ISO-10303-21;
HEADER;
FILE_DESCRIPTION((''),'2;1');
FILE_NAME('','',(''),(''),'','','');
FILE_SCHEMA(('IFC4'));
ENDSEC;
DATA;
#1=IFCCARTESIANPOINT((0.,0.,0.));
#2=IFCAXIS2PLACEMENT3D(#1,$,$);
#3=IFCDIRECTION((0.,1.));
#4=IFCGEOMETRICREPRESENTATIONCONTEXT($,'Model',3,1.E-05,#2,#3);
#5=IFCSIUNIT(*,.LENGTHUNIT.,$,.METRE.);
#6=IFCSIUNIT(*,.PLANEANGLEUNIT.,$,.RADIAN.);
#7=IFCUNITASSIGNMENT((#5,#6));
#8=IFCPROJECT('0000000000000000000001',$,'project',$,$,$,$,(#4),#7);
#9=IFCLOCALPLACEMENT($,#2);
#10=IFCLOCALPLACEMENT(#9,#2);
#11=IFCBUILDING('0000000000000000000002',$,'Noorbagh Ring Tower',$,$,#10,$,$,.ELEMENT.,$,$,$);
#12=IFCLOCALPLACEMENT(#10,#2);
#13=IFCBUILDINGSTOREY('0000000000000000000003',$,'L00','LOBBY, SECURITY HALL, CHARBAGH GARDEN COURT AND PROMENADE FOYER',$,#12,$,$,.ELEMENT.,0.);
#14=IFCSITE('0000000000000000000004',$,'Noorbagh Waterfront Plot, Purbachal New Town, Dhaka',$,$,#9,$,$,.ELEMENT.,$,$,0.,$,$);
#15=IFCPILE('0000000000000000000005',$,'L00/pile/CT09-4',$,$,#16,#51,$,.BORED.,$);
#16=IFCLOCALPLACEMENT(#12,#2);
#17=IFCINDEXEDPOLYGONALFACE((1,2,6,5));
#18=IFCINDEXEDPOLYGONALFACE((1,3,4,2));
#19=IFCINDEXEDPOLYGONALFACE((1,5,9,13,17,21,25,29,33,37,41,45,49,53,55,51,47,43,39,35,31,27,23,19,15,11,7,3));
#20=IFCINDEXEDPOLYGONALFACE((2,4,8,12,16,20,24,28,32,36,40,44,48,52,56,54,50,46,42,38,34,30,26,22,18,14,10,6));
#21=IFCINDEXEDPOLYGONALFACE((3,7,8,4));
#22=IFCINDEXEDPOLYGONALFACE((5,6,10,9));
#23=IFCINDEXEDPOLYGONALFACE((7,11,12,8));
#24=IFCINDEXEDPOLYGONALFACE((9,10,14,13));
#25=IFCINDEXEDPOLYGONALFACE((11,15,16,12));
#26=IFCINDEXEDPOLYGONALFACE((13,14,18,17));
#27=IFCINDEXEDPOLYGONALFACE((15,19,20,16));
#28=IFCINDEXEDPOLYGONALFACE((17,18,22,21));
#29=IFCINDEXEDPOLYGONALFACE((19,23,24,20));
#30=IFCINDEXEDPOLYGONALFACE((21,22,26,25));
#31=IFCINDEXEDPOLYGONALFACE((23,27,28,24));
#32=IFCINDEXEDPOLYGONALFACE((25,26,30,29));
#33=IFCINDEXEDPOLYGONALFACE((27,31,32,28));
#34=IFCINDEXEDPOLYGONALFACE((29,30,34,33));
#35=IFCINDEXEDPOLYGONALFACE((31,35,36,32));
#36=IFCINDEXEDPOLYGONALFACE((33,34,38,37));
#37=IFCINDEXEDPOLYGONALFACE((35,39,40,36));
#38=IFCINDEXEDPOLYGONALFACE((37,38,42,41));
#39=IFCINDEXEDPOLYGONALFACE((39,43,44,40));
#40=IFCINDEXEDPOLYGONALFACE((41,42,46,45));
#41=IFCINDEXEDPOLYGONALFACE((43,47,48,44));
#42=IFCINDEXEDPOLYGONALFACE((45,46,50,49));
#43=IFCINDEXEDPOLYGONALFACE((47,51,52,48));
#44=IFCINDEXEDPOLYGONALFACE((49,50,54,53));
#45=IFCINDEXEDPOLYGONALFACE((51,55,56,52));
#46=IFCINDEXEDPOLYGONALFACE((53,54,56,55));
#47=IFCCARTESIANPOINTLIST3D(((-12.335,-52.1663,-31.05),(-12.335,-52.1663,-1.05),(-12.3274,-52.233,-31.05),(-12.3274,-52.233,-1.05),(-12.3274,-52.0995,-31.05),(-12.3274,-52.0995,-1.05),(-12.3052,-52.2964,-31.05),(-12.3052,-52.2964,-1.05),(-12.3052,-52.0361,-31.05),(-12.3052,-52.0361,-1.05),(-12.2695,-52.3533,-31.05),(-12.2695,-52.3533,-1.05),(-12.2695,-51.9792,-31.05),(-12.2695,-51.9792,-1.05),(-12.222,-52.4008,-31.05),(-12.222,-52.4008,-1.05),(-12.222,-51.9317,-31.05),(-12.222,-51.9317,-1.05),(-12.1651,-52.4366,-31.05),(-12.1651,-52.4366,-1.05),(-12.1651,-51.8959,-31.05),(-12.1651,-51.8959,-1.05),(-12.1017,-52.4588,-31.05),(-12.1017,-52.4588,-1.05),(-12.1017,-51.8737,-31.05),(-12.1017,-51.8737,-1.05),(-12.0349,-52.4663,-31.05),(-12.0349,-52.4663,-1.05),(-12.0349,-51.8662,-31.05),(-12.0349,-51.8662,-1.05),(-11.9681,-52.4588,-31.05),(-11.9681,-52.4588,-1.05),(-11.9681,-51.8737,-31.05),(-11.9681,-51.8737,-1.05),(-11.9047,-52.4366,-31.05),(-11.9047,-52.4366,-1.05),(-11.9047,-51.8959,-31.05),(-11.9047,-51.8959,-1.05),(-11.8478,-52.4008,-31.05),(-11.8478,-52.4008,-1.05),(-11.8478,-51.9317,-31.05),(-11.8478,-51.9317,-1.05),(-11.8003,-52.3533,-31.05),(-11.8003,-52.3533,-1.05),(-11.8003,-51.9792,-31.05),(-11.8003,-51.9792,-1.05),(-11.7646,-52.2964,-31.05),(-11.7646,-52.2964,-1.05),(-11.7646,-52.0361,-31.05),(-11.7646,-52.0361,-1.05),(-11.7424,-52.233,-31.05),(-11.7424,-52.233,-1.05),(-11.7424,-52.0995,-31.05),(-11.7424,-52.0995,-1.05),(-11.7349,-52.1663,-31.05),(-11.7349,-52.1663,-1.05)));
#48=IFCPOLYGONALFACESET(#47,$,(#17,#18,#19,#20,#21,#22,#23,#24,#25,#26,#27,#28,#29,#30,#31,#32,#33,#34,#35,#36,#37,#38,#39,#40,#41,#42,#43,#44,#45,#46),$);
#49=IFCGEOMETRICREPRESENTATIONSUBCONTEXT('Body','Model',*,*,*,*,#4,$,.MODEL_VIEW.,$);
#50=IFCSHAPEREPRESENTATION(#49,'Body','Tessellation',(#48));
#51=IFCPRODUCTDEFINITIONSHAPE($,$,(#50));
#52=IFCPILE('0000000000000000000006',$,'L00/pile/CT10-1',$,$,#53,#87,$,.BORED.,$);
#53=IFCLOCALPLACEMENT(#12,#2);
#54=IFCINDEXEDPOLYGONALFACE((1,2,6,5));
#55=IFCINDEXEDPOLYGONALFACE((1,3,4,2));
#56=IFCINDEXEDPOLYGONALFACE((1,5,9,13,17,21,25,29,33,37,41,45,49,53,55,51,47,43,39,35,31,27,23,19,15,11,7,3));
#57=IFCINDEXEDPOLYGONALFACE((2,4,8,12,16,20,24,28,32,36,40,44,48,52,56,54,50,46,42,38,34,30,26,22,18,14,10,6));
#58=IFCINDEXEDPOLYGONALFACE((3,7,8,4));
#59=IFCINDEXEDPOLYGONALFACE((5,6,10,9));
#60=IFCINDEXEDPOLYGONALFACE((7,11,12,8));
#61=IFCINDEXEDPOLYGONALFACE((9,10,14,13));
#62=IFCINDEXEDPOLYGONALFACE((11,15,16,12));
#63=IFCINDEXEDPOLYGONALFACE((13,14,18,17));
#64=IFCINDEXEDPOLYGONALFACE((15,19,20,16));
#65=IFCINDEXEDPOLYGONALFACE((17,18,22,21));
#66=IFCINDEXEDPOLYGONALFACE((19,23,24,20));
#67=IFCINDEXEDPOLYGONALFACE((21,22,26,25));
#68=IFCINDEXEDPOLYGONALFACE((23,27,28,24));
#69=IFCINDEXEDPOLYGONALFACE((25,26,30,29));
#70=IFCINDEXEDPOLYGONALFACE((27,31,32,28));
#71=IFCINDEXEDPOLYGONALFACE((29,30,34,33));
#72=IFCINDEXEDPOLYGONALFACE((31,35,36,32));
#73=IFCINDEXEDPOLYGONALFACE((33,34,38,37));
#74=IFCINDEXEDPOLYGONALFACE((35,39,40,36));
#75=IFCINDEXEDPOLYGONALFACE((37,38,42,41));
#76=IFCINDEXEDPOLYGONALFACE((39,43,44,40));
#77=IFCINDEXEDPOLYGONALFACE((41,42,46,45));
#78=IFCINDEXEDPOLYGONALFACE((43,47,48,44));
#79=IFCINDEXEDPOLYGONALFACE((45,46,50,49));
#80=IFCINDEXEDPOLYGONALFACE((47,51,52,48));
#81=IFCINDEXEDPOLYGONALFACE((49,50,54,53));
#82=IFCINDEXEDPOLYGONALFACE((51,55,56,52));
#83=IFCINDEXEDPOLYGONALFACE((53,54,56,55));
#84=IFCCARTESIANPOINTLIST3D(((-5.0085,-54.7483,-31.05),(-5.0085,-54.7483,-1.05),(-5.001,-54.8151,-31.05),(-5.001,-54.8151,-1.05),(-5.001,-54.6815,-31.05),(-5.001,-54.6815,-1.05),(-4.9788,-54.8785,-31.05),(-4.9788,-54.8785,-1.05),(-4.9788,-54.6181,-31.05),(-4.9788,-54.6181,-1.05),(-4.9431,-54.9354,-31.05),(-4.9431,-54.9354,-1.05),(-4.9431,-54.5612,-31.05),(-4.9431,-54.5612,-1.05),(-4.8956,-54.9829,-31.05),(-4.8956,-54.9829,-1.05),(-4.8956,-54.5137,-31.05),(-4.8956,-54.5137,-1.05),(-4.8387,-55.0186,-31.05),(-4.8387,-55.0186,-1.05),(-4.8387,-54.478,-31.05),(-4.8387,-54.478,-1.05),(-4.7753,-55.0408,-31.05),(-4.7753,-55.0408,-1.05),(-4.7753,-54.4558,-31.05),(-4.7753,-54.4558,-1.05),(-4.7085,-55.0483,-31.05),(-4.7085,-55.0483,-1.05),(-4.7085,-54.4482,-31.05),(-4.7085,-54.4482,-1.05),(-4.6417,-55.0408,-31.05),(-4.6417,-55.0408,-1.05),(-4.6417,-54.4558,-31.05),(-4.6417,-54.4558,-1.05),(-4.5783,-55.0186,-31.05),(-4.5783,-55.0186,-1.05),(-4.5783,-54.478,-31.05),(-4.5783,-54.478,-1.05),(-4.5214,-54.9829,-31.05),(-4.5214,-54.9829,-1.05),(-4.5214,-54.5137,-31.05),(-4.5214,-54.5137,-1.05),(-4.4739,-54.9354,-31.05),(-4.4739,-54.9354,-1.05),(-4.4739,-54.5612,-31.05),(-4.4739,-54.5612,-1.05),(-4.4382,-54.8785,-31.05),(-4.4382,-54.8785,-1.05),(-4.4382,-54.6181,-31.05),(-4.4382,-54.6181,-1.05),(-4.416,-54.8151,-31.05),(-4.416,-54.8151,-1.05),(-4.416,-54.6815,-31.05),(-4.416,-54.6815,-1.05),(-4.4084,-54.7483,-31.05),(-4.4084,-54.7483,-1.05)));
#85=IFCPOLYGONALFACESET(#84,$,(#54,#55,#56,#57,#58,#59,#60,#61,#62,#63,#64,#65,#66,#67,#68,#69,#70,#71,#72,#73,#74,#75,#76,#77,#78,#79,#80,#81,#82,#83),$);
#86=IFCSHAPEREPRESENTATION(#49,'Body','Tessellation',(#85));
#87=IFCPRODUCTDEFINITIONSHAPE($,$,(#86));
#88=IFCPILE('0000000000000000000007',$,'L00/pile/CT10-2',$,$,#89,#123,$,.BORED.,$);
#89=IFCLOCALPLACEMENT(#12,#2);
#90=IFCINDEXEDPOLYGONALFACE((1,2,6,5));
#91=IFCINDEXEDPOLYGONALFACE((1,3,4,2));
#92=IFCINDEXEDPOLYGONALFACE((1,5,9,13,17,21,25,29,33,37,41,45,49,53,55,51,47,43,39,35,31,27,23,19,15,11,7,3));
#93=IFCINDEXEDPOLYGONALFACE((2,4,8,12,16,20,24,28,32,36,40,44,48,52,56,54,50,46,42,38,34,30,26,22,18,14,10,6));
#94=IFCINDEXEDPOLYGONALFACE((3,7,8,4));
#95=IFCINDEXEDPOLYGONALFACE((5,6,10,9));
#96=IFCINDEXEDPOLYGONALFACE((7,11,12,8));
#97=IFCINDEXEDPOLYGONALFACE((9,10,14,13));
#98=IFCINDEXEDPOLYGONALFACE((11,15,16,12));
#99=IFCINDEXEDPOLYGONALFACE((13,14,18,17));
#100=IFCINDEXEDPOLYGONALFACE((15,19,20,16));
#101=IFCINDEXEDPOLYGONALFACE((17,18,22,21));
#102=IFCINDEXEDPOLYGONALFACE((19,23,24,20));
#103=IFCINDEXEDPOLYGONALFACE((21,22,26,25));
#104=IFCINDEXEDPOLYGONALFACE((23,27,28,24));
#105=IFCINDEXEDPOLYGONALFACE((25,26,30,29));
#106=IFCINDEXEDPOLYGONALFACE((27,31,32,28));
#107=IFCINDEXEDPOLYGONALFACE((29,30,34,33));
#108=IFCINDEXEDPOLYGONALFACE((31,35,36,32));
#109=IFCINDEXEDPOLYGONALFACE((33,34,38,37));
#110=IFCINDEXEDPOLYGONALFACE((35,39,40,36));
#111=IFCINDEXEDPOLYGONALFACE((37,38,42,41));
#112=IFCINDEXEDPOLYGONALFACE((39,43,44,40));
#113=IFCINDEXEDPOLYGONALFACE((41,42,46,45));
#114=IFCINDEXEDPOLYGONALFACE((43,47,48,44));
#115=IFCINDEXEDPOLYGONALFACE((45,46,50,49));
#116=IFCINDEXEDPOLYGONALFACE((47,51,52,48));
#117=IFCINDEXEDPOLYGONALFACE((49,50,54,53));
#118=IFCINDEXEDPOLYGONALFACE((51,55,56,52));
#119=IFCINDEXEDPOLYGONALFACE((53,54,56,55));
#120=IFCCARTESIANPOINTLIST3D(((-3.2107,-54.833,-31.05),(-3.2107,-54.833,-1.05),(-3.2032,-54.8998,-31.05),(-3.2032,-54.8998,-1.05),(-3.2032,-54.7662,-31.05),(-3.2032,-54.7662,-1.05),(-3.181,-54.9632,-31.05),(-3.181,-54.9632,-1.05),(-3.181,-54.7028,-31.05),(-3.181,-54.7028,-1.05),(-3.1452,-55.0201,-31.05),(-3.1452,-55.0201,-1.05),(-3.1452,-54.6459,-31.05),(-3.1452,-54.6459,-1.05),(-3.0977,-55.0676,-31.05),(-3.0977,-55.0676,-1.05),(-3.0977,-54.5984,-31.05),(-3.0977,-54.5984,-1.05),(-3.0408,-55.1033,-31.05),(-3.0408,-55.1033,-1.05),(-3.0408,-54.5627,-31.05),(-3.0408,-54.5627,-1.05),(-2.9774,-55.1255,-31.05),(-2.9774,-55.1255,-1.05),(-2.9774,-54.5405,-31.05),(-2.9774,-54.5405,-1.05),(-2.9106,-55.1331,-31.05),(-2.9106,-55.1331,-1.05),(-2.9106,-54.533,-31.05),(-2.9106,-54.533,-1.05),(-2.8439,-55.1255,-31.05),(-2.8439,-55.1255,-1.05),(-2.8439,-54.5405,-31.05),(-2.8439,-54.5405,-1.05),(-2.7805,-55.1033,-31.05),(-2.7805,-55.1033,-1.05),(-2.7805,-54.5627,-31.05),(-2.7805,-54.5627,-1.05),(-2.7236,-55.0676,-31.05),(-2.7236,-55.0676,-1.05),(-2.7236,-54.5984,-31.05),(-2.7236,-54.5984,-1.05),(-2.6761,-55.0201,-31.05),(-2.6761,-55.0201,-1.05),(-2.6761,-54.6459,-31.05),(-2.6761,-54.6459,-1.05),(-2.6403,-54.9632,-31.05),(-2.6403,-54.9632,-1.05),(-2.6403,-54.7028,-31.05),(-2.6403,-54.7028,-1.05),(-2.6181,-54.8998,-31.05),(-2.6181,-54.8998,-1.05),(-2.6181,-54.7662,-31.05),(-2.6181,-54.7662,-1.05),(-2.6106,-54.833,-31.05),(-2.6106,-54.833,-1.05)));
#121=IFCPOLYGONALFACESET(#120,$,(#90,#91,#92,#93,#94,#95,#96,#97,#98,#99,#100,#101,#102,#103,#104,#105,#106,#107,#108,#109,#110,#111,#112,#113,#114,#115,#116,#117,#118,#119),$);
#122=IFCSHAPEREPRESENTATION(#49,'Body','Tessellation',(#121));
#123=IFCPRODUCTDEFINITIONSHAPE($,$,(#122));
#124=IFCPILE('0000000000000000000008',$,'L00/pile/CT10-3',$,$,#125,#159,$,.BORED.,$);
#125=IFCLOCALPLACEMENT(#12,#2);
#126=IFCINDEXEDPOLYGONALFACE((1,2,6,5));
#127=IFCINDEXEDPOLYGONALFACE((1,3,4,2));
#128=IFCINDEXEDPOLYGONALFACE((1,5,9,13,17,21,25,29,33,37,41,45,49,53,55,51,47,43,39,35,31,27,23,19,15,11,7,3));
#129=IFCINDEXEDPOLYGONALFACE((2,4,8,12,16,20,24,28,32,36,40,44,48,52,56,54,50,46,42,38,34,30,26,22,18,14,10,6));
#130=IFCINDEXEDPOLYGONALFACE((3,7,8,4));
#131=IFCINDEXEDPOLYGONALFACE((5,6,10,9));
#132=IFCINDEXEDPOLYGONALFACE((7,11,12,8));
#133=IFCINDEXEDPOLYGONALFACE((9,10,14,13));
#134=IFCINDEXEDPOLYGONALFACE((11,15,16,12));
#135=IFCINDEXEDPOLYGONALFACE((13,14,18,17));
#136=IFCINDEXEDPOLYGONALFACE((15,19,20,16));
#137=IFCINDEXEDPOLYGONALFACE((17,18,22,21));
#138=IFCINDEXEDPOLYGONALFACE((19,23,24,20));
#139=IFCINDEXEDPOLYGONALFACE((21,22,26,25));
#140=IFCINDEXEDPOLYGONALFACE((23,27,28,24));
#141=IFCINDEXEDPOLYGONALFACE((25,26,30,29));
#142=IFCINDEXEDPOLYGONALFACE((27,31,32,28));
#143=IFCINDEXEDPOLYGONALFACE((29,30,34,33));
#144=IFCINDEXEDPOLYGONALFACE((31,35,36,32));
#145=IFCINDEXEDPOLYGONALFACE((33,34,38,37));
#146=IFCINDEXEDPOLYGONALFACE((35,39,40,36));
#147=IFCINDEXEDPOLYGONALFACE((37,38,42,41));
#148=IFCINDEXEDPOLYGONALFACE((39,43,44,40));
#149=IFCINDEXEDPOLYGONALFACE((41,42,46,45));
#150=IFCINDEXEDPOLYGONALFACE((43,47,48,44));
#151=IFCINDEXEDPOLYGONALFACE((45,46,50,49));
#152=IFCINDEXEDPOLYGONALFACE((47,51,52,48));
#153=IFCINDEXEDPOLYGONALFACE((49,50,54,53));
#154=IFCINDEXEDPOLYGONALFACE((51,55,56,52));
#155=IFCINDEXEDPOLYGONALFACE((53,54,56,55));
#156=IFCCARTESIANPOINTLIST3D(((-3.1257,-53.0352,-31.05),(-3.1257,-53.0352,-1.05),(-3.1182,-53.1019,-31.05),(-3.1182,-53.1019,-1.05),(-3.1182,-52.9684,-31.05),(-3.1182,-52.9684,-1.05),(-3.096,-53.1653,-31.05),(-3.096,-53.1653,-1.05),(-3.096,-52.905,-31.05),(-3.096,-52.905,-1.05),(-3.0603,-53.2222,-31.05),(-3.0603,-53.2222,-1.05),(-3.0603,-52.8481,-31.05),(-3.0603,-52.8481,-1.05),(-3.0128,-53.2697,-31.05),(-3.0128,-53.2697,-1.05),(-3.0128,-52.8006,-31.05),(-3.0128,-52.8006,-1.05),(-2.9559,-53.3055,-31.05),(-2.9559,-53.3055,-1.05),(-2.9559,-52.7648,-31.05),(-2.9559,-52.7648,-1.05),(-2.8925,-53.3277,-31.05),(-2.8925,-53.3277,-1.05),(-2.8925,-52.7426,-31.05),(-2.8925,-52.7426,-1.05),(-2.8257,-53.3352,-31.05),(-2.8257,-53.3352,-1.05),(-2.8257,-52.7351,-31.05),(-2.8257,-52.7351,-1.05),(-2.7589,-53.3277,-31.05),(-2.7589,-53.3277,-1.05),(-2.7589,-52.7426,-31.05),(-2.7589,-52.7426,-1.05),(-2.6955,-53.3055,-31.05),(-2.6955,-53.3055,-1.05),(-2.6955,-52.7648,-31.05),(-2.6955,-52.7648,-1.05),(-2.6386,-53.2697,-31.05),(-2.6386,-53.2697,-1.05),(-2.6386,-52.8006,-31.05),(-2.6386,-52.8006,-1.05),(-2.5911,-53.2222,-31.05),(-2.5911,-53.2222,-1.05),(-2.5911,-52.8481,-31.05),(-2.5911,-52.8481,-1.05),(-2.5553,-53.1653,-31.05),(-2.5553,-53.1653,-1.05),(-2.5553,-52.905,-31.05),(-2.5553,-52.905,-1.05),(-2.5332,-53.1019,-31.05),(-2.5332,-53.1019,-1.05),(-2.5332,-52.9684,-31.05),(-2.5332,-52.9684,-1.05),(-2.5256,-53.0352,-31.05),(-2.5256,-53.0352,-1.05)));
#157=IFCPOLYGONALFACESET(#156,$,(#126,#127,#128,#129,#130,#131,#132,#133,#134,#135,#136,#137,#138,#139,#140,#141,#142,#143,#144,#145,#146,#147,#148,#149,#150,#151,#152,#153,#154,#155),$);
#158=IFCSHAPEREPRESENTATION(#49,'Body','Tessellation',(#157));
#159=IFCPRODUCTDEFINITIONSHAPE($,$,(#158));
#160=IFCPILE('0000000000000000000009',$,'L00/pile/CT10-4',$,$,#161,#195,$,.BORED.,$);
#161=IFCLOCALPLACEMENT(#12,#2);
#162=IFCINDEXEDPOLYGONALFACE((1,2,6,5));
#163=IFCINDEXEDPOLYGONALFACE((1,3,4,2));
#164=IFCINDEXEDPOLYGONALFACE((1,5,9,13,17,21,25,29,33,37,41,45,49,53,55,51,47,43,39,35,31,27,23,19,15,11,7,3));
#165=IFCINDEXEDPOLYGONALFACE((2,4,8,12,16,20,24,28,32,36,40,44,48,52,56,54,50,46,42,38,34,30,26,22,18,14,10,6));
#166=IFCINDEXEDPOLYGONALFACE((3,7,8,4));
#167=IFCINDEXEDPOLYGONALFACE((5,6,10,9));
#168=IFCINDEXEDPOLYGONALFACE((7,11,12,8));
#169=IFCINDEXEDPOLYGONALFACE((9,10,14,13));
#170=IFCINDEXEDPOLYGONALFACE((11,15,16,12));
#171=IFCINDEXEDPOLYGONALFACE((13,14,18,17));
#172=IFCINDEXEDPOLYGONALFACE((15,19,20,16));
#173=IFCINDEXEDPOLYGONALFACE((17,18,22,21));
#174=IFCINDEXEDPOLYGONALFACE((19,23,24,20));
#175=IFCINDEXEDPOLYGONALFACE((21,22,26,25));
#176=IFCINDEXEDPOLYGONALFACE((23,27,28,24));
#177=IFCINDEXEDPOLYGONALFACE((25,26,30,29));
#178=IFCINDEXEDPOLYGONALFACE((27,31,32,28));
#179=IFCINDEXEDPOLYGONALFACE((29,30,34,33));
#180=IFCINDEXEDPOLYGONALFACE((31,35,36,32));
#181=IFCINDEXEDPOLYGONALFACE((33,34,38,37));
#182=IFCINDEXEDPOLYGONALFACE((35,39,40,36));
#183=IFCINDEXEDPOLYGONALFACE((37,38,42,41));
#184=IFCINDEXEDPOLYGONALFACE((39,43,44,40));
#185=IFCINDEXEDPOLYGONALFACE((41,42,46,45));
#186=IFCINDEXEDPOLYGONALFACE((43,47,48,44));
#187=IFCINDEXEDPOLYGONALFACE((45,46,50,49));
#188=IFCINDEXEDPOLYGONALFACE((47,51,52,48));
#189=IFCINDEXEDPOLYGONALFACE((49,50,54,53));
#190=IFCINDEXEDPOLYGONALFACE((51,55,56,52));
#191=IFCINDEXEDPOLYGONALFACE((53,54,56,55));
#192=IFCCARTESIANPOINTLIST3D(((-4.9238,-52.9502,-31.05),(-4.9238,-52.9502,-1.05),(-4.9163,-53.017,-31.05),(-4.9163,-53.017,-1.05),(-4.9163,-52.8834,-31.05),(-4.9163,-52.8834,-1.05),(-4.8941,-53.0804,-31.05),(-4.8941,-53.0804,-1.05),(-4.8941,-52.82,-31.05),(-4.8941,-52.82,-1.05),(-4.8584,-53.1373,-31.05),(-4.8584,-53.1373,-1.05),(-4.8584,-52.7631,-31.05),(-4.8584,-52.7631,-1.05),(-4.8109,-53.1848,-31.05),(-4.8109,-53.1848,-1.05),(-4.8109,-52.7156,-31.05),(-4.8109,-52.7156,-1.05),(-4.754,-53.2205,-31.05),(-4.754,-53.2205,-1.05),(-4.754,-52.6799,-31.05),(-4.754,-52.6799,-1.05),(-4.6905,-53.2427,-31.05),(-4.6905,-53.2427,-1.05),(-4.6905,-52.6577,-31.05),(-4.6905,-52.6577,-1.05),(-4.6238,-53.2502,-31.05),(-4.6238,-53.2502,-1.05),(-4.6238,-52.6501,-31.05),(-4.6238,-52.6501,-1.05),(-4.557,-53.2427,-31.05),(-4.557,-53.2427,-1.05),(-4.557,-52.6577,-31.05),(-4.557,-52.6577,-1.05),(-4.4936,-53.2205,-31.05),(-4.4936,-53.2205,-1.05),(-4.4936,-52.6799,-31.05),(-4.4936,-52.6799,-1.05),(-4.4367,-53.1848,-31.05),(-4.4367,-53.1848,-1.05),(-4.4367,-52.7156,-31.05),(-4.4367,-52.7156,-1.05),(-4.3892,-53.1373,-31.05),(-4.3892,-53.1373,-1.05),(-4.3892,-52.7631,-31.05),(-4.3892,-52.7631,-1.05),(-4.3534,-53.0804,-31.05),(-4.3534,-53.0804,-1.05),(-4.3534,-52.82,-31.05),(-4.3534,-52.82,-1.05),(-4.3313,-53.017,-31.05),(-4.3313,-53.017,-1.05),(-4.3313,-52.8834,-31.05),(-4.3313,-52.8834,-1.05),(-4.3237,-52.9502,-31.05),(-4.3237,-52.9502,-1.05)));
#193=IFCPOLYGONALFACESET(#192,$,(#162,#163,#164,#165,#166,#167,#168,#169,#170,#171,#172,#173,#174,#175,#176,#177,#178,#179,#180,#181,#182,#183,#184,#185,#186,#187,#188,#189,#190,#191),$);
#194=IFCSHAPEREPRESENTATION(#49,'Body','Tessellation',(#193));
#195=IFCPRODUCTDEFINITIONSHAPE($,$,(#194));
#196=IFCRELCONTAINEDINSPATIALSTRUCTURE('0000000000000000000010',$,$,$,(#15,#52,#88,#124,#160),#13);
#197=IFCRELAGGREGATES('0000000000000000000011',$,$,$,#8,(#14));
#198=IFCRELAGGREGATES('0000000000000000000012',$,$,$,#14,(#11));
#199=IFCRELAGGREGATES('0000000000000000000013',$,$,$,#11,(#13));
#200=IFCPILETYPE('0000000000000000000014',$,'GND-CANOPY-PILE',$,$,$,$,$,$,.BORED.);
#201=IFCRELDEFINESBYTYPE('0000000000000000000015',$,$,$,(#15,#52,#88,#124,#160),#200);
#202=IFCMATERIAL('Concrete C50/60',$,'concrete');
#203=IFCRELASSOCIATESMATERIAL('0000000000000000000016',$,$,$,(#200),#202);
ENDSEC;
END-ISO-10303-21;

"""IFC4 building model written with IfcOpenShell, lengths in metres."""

from ifc_helpers import new_model, si_unit, direction, frame, origin, origin_2d, place, context, subcontext, project, spatial, circle, extrude, material, material_profile, profile_set, type_object, element, save


model = new_model("IFC4")

# Units and contexts
model_context = context("Model", 3, precision=1e-05, world=origin(), true_north=direction((0.0, 1.0)))
body_context = subcontext(model_context, "Body", "Model", "MODEL_VIEW")
ifc_project = project(units=[si_unit("LENGTHUNIT", "METRE"), si_unit("PLANEANGLEUNIT", "RADIAN")], contexts=[model_context])

# Site, building, storey
site_placement = place(None, origin())
site = spatial("IfcSite", under=ifc_project, at=site_placement, Name="Noorbagh Waterfront Plot, Purbachal New Town, Dhaka", CompositionType="ELEMENT", RefElevation=0.0)
building_placement = place(site_placement, origin())
building = spatial("IfcBuilding", under=site, at=building_placement, Name="Noorbagh Ring Tower", CompositionType="ELEMENT")
storey_placement = place(building_placement, origin())
storey = spatial("IfcBuildingStorey", under=building, at=storey_placement, Name="L00", Description="LOBBY, SECURITY HALL, CHARBAGH GARDEN COURT AND PROMENADE FOYER", CompositionType="ELEMENT", Elevation=0.0)

# Piles
ifc_material_1 = material(Name="Concrete C50/60", Category="concrete")
ifc_material_profile_1 = material_profile(ifc_material_1, circle(Radius=0.3, at=origin_2d()), Name="PILE600")
ifc_profile_set_1 = profile_set([ifc_material_profile_1], Name="Concrete C50/60")
pile_type = type_object("IfcPileType", Name="GND-CANOPY-PILE", PredefinedType="BORED", material=ifc_profile_set_1)
for number, where, z_axis, x_axis, name in (
    (1, (-12.0349, -52.1663, -1.05), (0.0, 0.0, -1.0), (1.0, 0.0, 0.0), "L00/pile/CT09-4"),
    (2, (-4.7085, -54.7483, -1.05), (0.0, 0.0, -1.0), (1.0, 0.0, 0.0), "L00/pile/CT10-1"),
    (3, (-2.9106, -54.833, -1.05), (0.0, 0.0, -1.0), (1.0, 0.0, 0.0), "L00/pile/CT10-2"),
    (4, (-2.8257, -53.0352, -1.05), (0.0, 0.0, -1.0), (1.0, 0.0, 0.0), "L00/pile/CT10-3"),
    (5, (-4.6238, -52.9502, -1.05), (0.0, 0.0, -1.0), (1.0, 0.0, 0.0), "L00/pile/CT10-4"),
):
    element("IfcPile", number, at=place(storey_placement, frame(where, z_axis=z_axis, x_axis=x_axis)), inside=storey, type_object=pile_type, Name=name, PredefinedType="BORED", context=body_context, shape_type="SweptSolid", body=[
        extrude(circle(Radius=0.3, at=origin_2d()), origin(), (0.0, 0.0, 1.0), 30.0),
    ])

save(model, "model.ifc")
